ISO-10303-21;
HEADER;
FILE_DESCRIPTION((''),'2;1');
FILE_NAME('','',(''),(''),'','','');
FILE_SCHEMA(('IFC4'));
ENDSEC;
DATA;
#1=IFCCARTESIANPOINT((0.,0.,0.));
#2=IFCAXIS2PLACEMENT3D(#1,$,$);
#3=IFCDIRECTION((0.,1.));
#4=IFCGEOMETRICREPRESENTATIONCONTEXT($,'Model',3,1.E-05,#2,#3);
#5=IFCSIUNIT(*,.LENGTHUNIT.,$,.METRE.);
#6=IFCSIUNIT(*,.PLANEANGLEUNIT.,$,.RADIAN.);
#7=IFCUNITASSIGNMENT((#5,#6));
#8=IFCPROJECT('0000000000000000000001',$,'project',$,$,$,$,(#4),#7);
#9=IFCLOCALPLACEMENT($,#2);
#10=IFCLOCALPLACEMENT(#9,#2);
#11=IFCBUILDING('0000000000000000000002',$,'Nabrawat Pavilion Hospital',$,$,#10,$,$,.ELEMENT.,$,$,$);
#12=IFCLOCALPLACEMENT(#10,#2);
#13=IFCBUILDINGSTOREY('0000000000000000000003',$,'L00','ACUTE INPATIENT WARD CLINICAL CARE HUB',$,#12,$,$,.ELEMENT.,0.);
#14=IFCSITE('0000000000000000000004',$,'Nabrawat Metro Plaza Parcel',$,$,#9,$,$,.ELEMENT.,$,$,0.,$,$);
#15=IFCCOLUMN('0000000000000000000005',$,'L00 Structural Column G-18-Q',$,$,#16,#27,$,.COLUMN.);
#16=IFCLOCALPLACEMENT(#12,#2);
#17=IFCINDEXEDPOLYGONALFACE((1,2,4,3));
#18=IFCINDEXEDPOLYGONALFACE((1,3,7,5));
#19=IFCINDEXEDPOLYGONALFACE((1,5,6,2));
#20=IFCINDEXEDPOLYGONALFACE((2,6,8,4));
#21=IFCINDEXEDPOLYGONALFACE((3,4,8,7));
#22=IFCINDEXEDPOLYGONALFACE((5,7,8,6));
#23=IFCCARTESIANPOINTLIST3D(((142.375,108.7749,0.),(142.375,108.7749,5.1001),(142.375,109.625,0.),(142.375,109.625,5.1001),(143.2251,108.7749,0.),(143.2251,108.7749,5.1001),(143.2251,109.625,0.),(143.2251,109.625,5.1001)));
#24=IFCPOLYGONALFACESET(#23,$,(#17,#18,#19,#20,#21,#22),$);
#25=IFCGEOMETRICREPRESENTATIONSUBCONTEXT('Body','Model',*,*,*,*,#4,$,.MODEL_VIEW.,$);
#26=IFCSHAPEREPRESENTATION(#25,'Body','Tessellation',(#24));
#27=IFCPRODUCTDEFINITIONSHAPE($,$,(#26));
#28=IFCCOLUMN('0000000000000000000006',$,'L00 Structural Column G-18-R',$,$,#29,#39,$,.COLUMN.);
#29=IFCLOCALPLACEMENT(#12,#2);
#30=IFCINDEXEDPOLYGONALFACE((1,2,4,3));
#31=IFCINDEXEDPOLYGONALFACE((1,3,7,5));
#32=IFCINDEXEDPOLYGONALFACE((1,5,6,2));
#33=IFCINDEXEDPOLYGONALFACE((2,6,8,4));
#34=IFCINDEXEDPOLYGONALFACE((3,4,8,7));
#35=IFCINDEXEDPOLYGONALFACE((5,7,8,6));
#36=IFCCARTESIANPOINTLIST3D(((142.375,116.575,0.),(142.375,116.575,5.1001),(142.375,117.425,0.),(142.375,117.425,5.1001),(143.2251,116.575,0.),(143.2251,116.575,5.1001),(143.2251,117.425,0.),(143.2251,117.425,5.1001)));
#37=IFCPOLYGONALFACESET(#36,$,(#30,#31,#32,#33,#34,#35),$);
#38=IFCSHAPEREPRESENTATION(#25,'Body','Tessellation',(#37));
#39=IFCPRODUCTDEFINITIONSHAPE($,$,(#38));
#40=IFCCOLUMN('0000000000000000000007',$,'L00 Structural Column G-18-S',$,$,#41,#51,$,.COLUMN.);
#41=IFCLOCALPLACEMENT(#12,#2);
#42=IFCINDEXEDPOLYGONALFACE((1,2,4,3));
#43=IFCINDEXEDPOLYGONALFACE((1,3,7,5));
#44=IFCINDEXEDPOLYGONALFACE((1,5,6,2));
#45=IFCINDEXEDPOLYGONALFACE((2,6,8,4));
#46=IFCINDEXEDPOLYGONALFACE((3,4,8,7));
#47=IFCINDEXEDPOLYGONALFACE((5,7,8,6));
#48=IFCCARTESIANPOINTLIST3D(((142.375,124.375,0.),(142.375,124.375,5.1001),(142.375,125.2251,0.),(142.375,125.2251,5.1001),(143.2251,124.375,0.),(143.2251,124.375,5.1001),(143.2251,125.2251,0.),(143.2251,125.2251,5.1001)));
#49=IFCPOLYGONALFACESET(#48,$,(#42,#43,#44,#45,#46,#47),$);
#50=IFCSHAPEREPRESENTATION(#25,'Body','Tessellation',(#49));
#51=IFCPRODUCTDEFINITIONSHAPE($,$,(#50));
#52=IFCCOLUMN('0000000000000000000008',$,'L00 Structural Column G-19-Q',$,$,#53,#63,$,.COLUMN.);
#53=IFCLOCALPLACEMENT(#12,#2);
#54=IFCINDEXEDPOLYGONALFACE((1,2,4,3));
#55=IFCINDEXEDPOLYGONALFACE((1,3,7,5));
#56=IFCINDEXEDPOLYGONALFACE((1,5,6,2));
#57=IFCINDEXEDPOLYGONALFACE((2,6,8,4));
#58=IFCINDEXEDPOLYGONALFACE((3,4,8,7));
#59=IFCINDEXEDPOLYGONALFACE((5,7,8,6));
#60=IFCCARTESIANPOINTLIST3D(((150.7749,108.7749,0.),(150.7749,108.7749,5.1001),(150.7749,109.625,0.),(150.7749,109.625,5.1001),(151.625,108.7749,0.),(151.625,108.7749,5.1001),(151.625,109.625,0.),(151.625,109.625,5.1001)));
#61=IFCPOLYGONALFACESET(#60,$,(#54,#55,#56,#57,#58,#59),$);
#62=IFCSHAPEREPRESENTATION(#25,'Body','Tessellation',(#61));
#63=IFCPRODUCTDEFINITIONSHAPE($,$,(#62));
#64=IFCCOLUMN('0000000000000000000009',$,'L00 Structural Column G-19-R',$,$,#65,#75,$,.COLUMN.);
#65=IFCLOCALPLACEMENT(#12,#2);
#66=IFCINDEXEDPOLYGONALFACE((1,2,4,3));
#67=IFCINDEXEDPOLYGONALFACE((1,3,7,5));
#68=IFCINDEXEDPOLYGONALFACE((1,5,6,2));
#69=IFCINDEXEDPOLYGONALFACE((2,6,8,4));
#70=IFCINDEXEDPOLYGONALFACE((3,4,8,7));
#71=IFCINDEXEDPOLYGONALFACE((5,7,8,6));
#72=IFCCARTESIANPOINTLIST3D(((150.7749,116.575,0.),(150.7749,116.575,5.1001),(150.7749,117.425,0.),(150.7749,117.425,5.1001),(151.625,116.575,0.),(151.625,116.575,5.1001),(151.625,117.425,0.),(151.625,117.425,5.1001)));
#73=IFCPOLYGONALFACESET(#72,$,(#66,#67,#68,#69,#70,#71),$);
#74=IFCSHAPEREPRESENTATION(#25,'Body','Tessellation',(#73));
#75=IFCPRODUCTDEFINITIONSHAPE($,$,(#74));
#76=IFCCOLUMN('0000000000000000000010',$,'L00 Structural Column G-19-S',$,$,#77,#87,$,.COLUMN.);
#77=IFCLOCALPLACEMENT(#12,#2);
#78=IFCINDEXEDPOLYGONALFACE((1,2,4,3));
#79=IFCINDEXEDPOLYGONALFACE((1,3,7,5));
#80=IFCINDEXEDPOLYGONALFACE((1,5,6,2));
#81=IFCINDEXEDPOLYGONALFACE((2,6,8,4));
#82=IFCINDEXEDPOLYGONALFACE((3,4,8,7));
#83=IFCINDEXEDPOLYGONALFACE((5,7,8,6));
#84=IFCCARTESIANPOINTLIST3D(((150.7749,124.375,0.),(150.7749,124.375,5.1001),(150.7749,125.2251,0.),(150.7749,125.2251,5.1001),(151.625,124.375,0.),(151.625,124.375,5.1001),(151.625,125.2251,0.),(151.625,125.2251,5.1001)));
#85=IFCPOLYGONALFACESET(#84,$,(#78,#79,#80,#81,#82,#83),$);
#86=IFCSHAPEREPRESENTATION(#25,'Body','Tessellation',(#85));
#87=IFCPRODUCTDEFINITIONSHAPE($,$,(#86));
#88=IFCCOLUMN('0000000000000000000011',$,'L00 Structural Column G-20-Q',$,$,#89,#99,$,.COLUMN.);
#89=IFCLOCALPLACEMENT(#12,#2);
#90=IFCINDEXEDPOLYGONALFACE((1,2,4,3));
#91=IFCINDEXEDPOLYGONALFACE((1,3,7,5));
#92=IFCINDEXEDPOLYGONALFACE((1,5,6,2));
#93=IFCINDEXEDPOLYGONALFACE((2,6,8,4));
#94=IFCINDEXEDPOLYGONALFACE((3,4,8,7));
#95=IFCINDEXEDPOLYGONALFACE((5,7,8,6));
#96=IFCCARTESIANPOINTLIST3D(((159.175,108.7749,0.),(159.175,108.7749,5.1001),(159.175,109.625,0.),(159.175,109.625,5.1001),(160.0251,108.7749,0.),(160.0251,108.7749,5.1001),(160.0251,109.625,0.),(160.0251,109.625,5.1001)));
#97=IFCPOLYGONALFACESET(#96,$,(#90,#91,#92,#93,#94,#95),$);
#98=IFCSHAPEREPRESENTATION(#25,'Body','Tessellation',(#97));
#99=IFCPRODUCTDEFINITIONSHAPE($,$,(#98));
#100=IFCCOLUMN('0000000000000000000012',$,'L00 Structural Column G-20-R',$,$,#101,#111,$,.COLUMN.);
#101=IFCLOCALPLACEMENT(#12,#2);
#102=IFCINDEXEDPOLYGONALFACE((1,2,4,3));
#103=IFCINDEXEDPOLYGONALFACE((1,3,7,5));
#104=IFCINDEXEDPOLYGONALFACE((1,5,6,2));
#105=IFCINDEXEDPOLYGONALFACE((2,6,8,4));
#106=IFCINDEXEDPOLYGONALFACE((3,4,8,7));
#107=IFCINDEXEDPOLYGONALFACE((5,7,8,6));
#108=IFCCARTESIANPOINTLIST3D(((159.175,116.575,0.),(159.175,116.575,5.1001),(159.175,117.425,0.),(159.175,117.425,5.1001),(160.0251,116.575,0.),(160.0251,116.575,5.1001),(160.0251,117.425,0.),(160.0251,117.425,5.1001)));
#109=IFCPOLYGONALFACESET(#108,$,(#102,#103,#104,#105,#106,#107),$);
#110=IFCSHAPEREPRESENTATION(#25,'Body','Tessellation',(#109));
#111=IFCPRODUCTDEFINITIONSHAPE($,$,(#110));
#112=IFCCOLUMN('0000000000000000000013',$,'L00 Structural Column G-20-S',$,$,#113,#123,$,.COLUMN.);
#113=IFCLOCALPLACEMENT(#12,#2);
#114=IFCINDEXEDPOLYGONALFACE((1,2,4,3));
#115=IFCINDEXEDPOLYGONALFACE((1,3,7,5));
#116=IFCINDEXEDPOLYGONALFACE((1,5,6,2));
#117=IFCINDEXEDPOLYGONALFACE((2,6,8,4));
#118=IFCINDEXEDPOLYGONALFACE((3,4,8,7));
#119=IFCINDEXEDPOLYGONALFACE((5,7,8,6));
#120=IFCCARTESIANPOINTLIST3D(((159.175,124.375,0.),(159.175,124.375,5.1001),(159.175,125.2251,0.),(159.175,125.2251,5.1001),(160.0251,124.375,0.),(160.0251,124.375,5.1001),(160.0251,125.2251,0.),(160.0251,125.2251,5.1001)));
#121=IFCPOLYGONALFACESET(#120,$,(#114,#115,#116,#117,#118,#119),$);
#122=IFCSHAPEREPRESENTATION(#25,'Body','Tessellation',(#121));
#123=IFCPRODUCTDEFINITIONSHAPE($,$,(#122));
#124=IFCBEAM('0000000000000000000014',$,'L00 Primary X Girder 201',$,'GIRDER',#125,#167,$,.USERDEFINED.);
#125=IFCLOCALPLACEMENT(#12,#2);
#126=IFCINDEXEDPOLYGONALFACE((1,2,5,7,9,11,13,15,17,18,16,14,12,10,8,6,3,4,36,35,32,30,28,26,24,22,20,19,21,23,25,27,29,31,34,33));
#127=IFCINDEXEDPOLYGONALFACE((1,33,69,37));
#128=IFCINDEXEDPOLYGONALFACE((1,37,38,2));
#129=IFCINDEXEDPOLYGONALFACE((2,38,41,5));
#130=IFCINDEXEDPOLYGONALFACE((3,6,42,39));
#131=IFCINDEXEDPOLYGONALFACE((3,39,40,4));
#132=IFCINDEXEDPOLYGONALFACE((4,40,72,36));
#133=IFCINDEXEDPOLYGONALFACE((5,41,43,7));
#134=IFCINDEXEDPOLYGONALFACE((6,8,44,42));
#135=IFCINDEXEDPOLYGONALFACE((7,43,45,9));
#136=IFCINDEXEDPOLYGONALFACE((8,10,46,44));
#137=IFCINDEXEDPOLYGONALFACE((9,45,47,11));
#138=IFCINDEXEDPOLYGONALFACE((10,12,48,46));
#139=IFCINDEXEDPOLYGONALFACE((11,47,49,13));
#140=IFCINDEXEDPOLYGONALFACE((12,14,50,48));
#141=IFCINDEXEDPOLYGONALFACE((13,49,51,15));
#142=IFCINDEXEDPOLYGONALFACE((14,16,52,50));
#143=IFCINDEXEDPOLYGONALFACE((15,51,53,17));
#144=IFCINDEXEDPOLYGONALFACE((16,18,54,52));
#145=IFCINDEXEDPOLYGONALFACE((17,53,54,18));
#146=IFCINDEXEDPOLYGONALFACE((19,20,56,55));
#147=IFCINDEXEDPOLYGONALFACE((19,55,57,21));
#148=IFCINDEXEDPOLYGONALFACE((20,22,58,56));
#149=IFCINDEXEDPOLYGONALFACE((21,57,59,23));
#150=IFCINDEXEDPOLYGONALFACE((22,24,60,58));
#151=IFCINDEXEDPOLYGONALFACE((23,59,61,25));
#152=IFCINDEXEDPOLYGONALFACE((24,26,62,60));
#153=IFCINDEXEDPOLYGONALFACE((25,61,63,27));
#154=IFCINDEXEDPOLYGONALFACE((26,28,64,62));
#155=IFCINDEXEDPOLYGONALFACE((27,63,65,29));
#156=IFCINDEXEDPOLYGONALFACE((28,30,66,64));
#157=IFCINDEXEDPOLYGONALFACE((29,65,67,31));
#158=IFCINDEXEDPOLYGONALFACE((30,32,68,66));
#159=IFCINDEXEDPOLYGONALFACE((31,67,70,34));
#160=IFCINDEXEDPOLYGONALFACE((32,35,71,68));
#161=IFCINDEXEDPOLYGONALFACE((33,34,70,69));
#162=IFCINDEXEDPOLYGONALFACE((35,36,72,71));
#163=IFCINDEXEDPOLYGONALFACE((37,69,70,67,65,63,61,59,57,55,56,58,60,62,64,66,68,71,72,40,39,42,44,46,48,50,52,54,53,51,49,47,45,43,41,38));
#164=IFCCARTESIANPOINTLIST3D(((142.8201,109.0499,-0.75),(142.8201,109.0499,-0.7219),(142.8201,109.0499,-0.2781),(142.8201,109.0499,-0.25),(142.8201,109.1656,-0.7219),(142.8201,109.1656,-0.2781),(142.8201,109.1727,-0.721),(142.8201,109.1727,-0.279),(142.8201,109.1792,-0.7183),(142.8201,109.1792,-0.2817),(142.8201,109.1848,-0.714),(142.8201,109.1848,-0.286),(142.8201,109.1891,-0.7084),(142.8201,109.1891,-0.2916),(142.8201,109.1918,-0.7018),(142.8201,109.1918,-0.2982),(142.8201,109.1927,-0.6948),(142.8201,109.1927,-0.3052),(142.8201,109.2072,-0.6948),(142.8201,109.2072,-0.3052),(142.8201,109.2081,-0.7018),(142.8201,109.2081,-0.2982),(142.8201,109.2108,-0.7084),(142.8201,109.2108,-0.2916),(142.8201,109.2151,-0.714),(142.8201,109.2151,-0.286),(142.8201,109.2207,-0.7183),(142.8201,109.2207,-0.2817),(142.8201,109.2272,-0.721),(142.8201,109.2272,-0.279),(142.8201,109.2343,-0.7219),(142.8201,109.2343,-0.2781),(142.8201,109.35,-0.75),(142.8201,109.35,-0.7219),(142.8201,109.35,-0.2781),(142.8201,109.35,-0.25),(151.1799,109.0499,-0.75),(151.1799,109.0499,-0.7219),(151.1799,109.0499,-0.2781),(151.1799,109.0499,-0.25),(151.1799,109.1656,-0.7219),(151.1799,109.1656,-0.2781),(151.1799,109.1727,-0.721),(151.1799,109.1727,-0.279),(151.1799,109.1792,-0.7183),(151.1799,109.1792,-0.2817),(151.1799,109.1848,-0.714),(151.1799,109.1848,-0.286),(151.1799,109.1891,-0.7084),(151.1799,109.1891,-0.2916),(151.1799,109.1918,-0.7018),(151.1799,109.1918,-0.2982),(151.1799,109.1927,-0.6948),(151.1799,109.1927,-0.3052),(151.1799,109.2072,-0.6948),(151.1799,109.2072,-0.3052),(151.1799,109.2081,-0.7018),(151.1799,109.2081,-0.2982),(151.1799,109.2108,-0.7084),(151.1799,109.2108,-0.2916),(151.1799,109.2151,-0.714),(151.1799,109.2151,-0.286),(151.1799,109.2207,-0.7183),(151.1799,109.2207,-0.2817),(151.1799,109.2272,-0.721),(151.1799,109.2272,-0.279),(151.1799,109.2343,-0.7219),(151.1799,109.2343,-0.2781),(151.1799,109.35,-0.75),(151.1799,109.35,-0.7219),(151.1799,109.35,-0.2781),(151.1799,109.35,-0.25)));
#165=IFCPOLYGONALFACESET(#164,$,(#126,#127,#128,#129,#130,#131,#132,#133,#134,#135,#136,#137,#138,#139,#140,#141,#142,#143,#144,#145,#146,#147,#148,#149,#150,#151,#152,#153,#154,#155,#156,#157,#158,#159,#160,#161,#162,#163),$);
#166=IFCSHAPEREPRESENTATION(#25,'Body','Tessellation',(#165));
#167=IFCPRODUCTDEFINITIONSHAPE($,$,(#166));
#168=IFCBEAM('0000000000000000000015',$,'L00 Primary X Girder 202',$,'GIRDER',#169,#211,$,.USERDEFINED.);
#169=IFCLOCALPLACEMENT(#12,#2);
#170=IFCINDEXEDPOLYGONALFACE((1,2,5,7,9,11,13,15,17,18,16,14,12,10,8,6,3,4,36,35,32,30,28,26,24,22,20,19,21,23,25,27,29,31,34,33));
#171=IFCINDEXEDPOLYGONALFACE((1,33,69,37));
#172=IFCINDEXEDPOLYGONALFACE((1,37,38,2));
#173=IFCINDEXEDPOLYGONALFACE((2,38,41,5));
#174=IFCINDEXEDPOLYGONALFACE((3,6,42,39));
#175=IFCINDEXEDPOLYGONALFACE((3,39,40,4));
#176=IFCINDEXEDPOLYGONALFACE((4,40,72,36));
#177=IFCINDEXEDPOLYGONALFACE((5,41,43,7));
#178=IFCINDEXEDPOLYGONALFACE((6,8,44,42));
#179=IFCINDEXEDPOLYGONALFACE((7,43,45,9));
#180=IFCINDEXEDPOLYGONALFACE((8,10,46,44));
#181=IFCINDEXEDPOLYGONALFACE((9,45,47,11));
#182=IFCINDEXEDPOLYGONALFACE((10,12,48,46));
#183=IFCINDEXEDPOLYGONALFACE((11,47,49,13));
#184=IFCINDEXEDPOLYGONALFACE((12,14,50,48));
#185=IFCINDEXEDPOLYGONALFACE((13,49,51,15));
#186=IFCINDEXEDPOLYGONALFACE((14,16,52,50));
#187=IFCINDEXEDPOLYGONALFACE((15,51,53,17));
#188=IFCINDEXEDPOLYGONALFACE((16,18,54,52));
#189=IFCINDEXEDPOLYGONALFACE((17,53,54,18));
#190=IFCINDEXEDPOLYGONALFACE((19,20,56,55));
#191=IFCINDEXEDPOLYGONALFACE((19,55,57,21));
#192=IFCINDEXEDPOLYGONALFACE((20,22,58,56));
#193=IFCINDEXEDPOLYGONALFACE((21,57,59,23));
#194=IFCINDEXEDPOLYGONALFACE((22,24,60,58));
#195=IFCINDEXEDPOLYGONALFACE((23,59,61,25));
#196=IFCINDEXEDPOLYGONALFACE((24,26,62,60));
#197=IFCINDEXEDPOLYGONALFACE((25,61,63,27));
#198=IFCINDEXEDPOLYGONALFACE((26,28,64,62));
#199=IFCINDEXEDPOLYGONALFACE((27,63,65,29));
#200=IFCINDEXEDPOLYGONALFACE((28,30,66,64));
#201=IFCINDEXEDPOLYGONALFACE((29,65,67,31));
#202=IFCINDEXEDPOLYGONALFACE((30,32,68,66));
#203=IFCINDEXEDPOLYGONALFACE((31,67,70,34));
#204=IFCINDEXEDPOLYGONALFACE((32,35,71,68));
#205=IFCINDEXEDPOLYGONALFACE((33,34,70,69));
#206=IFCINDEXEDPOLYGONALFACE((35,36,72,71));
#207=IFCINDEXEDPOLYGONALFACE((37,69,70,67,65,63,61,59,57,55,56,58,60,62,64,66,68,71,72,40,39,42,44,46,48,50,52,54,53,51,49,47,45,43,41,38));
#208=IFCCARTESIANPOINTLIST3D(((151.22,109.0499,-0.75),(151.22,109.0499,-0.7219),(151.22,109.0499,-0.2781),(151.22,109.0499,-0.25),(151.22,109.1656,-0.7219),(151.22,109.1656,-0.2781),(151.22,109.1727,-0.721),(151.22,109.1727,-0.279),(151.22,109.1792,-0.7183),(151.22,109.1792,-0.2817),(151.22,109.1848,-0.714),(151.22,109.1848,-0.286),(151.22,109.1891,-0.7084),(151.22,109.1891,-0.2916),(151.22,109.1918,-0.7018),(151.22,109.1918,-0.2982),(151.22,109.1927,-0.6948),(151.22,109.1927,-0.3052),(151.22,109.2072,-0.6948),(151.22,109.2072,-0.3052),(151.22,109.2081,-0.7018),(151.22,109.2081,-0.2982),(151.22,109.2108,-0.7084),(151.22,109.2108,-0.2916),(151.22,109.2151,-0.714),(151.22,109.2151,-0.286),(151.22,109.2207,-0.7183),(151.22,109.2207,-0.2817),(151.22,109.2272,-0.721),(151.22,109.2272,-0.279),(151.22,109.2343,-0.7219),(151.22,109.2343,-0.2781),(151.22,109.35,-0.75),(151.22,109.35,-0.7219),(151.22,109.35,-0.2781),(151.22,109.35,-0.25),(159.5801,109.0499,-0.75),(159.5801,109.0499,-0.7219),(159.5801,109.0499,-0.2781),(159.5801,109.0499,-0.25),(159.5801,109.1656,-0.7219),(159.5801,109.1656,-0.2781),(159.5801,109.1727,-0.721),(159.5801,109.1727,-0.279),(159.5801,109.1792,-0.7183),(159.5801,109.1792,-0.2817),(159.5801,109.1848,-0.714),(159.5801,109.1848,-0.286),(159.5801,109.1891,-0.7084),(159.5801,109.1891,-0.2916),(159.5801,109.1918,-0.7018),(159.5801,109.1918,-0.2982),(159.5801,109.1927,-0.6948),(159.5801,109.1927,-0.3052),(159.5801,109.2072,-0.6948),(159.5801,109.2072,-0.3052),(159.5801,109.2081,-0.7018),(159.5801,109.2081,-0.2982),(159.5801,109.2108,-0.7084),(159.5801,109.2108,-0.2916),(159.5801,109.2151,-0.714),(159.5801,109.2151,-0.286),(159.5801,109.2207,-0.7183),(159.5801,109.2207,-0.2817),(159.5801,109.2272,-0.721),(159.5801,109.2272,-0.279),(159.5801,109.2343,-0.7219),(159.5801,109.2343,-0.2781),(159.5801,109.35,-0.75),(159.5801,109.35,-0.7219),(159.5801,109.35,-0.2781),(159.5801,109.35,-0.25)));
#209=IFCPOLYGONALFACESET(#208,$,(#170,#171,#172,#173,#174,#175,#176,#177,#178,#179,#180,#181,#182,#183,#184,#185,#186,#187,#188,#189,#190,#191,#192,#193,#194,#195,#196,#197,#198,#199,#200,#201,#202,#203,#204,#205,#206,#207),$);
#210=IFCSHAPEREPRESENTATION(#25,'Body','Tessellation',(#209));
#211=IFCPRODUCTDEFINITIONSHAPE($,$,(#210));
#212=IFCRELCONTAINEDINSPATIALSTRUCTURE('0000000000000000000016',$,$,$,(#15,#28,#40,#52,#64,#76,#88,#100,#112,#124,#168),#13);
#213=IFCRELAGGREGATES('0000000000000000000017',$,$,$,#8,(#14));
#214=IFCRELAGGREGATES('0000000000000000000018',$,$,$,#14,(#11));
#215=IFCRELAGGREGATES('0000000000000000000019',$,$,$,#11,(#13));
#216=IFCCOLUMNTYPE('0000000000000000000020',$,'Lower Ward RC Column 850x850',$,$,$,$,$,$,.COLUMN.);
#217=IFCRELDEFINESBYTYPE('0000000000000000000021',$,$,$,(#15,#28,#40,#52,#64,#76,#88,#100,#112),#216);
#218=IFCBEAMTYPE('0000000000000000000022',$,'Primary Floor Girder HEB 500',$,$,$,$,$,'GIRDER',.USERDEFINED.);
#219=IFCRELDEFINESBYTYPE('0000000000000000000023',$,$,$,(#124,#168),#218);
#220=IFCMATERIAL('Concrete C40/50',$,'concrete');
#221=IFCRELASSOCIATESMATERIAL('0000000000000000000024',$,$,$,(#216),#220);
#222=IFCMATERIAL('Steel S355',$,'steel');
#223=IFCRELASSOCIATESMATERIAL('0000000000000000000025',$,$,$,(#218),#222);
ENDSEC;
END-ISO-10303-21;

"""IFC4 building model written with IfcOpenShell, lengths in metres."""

from ifc_helpers import new_model, si_unit, direction, frame, origin, origin_2d, place, context, subcontext, project, spatial, rectangle, i_section, extrude, material, material_profile, profile_set, type_object, element, save


model = new_model("IFC4")

# Units and contexts
model_context = context("Model", 3, precision=1e-05, world=origin(), true_north=direction((0.0, 1.0)))
body_context = subcontext(model_context, "Body", "Model", "MODEL_VIEW")
ifc_project = project(units=[si_unit("LENGTHUNIT", "METRE"), si_unit("PLANEANGLEUNIT", "RADIAN")], contexts=[model_context])

# Site, building, storey
site_placement = place(None, origin())
site = spatial("IfcSite", under=ifc_project, at=site_placement, Name="Nabrawat Metro Plaza Parcel", CompositionType="ELEMENT", RefElevation=0.0)
building_placement = place(site_placement, origin())
building = spatial("IfcBuilding", under=site, at=building_placement, Name="Nabrawat Pavilion Hospital", CompositionType="ELEMENT")
storey_placement = place(building_placement, origin())
storey = spatial("IfcBuildingStorey", under=building, at=storey_placement, Name="L00", Description="ACUTE INPATIENT WARD CLINICAL CARE HUB", CompositionType="ELEMENT", Elevation=0.0)

# Columns
ifc_material_1 = material(Name="Concrete C40/50", Category="concrete")
ifc_material_profile_1 = material_profile(ifc_material_1, rectangle(XDim=0.8501, YDim=0.8501, at=origin_2d()), Name="RC 850x850")
ifc_profile_set_1 = profile_set([ifc_material_profile_1], Name="Concrete C40/50")
column_type = type_object("IfcColumnType", Name="Lower Ward RC Column 850x850", PredefinedType="COLUMN", material=ifc_profile_set_1)
for number, where, z_axis, x_axis, name in (
    (1, (142.8, 109.2, 0.0), (0.0, 0.0, 1.0), (1.0, 0.0, 0.0), "L00 Structural Column G-18-Q"),
    (2, (142.8, 117.0, 0.0), (0.0, 0.0, 1.0), (1.0, 0.0, 0.0), "L00 Structural Column G-18-R"),
    (3, (142.8, 124.8, 0.0), (0.0, 0.0, 1.0), (1.0, 0.0, 0.0), "L00 Structural Column G-18-S"),
    (4, (151.2, 109.2, 0.0), (0.0, 0.0, 1.0), (1.0, 0.0, 0.0), "L00 Structural Column G-19-Q"),
    (5, (151.2, 117.0, 0.0), (0.0, 0.0, 1.0), (1.0, 0.0, 0.0), "L00 Structural Column G-19-R"),
    (6, (151.2, 124.8, 0.0), (0.0, 0.0, 1.0), (1.0, 0.0, 0.0), "L00 Structural Column G-19-S"),
    (7, (159.6001, 109.2, 0.0), (0.0, 0.0, 1.0), (1.0, 0.0, 0.0), "L00 Structural Column G-20-Q"),
    (8, (159.6001, 117.0, 0.0), (0.0, 0.0, 1.0), (1.0, 0.0, 0.0), "L00 Structural Column G-20-R"),
    (9, (159.6001, 124.8, 0.0), (0.0, 0.0, 1.0), (1.0, 0.0, 0.0), "L00 Structural Column G-20-S"),
):
    element("IfcColumn", number, at=place(storey_placement, frame(where, z_axis=z_axis, x_axis=x_axis)), inside=storey, type_object=column_type, Name=name, PredefinedType="COLUMN", context=body_context, shape_type="SweptSolid", body=[
        extrude(rectangle(XDim=0.8501, YDim=0.8501, at=origin_2d()), origin(), (0.0, 0.0, 1.0), 5.1001),
    ])

# Beams
ifc_material_2 = material(Name="Steel S355", Category="steel")
ifc_material_profile_2 = material_profile(ifc_material_2, i_section(OverallWidth=0.3, OverallDepth=0.5, WebThickness=0.0144, FlangeThickness=0.0281, FilletRadius=0.0271, at=origin_2d()), Name="HEB 500")
ifc_profile_set_2 = profile_set([ifc_material_profile_2], Name="Steel S355")
beam_type_1 = type_object("IfcBeamType", Name="Primary Floor Girder HEB 500", ElementType="GIRDER", PredefinedType="USERDEFINED", material=ifc_profile_set_2)
beam_1_placement = place(storey_placement, frame((142.8201, 109.2, -0.5), z_axis=(1.0, 0.0, 0.0), x_axis=(0.0, 1.0, 0.0)))
element("IfcBeam", 10, at=beam_1_placement, inside=storey, type_object=beam_type_1, Name="L00 Primary X Girder 201", ObjectType="GIRDER", PredefinedType="USERDEFINED", context=body_context, shape_type="SweptSolid", body=[
    extrude(i_section(OverallWidth=0.3, OverallDepth=0.5, WebThickness=0.0144, FlangeThickness=0.0281, FilletRadius=0.0271, at=origin_2d()), origin(), (0.0, 0.0, 1.0), 8.3599),
])
beam_2_placement = place(storey_placement, frame((151.22, 109.2, -0.5), z_axis=(1.0, 0.0, 0.0), x_axis=(0.0, 1.0, 0.0)))
element("IfcBeam", 11, at=beam_2_placement, inside=storey, type_object=beam_type_1, Name="L00 Primary X Girder 202", ObjectType="GIRDER", PredefinedType="USERDEFINED", context=body_context, shape_type="SweptSolid", body=[
    extrude(i_section(OverallWidth=0.3, OverallDepth=0.5, WebThickness=0.0144, FlangeThickness=0.0281, FilletRadius=0.0271, at=origin_2d()), origin(), (0.0, 0.0, 1.0), 8.3601),
])

save(model, "model.ifc")
